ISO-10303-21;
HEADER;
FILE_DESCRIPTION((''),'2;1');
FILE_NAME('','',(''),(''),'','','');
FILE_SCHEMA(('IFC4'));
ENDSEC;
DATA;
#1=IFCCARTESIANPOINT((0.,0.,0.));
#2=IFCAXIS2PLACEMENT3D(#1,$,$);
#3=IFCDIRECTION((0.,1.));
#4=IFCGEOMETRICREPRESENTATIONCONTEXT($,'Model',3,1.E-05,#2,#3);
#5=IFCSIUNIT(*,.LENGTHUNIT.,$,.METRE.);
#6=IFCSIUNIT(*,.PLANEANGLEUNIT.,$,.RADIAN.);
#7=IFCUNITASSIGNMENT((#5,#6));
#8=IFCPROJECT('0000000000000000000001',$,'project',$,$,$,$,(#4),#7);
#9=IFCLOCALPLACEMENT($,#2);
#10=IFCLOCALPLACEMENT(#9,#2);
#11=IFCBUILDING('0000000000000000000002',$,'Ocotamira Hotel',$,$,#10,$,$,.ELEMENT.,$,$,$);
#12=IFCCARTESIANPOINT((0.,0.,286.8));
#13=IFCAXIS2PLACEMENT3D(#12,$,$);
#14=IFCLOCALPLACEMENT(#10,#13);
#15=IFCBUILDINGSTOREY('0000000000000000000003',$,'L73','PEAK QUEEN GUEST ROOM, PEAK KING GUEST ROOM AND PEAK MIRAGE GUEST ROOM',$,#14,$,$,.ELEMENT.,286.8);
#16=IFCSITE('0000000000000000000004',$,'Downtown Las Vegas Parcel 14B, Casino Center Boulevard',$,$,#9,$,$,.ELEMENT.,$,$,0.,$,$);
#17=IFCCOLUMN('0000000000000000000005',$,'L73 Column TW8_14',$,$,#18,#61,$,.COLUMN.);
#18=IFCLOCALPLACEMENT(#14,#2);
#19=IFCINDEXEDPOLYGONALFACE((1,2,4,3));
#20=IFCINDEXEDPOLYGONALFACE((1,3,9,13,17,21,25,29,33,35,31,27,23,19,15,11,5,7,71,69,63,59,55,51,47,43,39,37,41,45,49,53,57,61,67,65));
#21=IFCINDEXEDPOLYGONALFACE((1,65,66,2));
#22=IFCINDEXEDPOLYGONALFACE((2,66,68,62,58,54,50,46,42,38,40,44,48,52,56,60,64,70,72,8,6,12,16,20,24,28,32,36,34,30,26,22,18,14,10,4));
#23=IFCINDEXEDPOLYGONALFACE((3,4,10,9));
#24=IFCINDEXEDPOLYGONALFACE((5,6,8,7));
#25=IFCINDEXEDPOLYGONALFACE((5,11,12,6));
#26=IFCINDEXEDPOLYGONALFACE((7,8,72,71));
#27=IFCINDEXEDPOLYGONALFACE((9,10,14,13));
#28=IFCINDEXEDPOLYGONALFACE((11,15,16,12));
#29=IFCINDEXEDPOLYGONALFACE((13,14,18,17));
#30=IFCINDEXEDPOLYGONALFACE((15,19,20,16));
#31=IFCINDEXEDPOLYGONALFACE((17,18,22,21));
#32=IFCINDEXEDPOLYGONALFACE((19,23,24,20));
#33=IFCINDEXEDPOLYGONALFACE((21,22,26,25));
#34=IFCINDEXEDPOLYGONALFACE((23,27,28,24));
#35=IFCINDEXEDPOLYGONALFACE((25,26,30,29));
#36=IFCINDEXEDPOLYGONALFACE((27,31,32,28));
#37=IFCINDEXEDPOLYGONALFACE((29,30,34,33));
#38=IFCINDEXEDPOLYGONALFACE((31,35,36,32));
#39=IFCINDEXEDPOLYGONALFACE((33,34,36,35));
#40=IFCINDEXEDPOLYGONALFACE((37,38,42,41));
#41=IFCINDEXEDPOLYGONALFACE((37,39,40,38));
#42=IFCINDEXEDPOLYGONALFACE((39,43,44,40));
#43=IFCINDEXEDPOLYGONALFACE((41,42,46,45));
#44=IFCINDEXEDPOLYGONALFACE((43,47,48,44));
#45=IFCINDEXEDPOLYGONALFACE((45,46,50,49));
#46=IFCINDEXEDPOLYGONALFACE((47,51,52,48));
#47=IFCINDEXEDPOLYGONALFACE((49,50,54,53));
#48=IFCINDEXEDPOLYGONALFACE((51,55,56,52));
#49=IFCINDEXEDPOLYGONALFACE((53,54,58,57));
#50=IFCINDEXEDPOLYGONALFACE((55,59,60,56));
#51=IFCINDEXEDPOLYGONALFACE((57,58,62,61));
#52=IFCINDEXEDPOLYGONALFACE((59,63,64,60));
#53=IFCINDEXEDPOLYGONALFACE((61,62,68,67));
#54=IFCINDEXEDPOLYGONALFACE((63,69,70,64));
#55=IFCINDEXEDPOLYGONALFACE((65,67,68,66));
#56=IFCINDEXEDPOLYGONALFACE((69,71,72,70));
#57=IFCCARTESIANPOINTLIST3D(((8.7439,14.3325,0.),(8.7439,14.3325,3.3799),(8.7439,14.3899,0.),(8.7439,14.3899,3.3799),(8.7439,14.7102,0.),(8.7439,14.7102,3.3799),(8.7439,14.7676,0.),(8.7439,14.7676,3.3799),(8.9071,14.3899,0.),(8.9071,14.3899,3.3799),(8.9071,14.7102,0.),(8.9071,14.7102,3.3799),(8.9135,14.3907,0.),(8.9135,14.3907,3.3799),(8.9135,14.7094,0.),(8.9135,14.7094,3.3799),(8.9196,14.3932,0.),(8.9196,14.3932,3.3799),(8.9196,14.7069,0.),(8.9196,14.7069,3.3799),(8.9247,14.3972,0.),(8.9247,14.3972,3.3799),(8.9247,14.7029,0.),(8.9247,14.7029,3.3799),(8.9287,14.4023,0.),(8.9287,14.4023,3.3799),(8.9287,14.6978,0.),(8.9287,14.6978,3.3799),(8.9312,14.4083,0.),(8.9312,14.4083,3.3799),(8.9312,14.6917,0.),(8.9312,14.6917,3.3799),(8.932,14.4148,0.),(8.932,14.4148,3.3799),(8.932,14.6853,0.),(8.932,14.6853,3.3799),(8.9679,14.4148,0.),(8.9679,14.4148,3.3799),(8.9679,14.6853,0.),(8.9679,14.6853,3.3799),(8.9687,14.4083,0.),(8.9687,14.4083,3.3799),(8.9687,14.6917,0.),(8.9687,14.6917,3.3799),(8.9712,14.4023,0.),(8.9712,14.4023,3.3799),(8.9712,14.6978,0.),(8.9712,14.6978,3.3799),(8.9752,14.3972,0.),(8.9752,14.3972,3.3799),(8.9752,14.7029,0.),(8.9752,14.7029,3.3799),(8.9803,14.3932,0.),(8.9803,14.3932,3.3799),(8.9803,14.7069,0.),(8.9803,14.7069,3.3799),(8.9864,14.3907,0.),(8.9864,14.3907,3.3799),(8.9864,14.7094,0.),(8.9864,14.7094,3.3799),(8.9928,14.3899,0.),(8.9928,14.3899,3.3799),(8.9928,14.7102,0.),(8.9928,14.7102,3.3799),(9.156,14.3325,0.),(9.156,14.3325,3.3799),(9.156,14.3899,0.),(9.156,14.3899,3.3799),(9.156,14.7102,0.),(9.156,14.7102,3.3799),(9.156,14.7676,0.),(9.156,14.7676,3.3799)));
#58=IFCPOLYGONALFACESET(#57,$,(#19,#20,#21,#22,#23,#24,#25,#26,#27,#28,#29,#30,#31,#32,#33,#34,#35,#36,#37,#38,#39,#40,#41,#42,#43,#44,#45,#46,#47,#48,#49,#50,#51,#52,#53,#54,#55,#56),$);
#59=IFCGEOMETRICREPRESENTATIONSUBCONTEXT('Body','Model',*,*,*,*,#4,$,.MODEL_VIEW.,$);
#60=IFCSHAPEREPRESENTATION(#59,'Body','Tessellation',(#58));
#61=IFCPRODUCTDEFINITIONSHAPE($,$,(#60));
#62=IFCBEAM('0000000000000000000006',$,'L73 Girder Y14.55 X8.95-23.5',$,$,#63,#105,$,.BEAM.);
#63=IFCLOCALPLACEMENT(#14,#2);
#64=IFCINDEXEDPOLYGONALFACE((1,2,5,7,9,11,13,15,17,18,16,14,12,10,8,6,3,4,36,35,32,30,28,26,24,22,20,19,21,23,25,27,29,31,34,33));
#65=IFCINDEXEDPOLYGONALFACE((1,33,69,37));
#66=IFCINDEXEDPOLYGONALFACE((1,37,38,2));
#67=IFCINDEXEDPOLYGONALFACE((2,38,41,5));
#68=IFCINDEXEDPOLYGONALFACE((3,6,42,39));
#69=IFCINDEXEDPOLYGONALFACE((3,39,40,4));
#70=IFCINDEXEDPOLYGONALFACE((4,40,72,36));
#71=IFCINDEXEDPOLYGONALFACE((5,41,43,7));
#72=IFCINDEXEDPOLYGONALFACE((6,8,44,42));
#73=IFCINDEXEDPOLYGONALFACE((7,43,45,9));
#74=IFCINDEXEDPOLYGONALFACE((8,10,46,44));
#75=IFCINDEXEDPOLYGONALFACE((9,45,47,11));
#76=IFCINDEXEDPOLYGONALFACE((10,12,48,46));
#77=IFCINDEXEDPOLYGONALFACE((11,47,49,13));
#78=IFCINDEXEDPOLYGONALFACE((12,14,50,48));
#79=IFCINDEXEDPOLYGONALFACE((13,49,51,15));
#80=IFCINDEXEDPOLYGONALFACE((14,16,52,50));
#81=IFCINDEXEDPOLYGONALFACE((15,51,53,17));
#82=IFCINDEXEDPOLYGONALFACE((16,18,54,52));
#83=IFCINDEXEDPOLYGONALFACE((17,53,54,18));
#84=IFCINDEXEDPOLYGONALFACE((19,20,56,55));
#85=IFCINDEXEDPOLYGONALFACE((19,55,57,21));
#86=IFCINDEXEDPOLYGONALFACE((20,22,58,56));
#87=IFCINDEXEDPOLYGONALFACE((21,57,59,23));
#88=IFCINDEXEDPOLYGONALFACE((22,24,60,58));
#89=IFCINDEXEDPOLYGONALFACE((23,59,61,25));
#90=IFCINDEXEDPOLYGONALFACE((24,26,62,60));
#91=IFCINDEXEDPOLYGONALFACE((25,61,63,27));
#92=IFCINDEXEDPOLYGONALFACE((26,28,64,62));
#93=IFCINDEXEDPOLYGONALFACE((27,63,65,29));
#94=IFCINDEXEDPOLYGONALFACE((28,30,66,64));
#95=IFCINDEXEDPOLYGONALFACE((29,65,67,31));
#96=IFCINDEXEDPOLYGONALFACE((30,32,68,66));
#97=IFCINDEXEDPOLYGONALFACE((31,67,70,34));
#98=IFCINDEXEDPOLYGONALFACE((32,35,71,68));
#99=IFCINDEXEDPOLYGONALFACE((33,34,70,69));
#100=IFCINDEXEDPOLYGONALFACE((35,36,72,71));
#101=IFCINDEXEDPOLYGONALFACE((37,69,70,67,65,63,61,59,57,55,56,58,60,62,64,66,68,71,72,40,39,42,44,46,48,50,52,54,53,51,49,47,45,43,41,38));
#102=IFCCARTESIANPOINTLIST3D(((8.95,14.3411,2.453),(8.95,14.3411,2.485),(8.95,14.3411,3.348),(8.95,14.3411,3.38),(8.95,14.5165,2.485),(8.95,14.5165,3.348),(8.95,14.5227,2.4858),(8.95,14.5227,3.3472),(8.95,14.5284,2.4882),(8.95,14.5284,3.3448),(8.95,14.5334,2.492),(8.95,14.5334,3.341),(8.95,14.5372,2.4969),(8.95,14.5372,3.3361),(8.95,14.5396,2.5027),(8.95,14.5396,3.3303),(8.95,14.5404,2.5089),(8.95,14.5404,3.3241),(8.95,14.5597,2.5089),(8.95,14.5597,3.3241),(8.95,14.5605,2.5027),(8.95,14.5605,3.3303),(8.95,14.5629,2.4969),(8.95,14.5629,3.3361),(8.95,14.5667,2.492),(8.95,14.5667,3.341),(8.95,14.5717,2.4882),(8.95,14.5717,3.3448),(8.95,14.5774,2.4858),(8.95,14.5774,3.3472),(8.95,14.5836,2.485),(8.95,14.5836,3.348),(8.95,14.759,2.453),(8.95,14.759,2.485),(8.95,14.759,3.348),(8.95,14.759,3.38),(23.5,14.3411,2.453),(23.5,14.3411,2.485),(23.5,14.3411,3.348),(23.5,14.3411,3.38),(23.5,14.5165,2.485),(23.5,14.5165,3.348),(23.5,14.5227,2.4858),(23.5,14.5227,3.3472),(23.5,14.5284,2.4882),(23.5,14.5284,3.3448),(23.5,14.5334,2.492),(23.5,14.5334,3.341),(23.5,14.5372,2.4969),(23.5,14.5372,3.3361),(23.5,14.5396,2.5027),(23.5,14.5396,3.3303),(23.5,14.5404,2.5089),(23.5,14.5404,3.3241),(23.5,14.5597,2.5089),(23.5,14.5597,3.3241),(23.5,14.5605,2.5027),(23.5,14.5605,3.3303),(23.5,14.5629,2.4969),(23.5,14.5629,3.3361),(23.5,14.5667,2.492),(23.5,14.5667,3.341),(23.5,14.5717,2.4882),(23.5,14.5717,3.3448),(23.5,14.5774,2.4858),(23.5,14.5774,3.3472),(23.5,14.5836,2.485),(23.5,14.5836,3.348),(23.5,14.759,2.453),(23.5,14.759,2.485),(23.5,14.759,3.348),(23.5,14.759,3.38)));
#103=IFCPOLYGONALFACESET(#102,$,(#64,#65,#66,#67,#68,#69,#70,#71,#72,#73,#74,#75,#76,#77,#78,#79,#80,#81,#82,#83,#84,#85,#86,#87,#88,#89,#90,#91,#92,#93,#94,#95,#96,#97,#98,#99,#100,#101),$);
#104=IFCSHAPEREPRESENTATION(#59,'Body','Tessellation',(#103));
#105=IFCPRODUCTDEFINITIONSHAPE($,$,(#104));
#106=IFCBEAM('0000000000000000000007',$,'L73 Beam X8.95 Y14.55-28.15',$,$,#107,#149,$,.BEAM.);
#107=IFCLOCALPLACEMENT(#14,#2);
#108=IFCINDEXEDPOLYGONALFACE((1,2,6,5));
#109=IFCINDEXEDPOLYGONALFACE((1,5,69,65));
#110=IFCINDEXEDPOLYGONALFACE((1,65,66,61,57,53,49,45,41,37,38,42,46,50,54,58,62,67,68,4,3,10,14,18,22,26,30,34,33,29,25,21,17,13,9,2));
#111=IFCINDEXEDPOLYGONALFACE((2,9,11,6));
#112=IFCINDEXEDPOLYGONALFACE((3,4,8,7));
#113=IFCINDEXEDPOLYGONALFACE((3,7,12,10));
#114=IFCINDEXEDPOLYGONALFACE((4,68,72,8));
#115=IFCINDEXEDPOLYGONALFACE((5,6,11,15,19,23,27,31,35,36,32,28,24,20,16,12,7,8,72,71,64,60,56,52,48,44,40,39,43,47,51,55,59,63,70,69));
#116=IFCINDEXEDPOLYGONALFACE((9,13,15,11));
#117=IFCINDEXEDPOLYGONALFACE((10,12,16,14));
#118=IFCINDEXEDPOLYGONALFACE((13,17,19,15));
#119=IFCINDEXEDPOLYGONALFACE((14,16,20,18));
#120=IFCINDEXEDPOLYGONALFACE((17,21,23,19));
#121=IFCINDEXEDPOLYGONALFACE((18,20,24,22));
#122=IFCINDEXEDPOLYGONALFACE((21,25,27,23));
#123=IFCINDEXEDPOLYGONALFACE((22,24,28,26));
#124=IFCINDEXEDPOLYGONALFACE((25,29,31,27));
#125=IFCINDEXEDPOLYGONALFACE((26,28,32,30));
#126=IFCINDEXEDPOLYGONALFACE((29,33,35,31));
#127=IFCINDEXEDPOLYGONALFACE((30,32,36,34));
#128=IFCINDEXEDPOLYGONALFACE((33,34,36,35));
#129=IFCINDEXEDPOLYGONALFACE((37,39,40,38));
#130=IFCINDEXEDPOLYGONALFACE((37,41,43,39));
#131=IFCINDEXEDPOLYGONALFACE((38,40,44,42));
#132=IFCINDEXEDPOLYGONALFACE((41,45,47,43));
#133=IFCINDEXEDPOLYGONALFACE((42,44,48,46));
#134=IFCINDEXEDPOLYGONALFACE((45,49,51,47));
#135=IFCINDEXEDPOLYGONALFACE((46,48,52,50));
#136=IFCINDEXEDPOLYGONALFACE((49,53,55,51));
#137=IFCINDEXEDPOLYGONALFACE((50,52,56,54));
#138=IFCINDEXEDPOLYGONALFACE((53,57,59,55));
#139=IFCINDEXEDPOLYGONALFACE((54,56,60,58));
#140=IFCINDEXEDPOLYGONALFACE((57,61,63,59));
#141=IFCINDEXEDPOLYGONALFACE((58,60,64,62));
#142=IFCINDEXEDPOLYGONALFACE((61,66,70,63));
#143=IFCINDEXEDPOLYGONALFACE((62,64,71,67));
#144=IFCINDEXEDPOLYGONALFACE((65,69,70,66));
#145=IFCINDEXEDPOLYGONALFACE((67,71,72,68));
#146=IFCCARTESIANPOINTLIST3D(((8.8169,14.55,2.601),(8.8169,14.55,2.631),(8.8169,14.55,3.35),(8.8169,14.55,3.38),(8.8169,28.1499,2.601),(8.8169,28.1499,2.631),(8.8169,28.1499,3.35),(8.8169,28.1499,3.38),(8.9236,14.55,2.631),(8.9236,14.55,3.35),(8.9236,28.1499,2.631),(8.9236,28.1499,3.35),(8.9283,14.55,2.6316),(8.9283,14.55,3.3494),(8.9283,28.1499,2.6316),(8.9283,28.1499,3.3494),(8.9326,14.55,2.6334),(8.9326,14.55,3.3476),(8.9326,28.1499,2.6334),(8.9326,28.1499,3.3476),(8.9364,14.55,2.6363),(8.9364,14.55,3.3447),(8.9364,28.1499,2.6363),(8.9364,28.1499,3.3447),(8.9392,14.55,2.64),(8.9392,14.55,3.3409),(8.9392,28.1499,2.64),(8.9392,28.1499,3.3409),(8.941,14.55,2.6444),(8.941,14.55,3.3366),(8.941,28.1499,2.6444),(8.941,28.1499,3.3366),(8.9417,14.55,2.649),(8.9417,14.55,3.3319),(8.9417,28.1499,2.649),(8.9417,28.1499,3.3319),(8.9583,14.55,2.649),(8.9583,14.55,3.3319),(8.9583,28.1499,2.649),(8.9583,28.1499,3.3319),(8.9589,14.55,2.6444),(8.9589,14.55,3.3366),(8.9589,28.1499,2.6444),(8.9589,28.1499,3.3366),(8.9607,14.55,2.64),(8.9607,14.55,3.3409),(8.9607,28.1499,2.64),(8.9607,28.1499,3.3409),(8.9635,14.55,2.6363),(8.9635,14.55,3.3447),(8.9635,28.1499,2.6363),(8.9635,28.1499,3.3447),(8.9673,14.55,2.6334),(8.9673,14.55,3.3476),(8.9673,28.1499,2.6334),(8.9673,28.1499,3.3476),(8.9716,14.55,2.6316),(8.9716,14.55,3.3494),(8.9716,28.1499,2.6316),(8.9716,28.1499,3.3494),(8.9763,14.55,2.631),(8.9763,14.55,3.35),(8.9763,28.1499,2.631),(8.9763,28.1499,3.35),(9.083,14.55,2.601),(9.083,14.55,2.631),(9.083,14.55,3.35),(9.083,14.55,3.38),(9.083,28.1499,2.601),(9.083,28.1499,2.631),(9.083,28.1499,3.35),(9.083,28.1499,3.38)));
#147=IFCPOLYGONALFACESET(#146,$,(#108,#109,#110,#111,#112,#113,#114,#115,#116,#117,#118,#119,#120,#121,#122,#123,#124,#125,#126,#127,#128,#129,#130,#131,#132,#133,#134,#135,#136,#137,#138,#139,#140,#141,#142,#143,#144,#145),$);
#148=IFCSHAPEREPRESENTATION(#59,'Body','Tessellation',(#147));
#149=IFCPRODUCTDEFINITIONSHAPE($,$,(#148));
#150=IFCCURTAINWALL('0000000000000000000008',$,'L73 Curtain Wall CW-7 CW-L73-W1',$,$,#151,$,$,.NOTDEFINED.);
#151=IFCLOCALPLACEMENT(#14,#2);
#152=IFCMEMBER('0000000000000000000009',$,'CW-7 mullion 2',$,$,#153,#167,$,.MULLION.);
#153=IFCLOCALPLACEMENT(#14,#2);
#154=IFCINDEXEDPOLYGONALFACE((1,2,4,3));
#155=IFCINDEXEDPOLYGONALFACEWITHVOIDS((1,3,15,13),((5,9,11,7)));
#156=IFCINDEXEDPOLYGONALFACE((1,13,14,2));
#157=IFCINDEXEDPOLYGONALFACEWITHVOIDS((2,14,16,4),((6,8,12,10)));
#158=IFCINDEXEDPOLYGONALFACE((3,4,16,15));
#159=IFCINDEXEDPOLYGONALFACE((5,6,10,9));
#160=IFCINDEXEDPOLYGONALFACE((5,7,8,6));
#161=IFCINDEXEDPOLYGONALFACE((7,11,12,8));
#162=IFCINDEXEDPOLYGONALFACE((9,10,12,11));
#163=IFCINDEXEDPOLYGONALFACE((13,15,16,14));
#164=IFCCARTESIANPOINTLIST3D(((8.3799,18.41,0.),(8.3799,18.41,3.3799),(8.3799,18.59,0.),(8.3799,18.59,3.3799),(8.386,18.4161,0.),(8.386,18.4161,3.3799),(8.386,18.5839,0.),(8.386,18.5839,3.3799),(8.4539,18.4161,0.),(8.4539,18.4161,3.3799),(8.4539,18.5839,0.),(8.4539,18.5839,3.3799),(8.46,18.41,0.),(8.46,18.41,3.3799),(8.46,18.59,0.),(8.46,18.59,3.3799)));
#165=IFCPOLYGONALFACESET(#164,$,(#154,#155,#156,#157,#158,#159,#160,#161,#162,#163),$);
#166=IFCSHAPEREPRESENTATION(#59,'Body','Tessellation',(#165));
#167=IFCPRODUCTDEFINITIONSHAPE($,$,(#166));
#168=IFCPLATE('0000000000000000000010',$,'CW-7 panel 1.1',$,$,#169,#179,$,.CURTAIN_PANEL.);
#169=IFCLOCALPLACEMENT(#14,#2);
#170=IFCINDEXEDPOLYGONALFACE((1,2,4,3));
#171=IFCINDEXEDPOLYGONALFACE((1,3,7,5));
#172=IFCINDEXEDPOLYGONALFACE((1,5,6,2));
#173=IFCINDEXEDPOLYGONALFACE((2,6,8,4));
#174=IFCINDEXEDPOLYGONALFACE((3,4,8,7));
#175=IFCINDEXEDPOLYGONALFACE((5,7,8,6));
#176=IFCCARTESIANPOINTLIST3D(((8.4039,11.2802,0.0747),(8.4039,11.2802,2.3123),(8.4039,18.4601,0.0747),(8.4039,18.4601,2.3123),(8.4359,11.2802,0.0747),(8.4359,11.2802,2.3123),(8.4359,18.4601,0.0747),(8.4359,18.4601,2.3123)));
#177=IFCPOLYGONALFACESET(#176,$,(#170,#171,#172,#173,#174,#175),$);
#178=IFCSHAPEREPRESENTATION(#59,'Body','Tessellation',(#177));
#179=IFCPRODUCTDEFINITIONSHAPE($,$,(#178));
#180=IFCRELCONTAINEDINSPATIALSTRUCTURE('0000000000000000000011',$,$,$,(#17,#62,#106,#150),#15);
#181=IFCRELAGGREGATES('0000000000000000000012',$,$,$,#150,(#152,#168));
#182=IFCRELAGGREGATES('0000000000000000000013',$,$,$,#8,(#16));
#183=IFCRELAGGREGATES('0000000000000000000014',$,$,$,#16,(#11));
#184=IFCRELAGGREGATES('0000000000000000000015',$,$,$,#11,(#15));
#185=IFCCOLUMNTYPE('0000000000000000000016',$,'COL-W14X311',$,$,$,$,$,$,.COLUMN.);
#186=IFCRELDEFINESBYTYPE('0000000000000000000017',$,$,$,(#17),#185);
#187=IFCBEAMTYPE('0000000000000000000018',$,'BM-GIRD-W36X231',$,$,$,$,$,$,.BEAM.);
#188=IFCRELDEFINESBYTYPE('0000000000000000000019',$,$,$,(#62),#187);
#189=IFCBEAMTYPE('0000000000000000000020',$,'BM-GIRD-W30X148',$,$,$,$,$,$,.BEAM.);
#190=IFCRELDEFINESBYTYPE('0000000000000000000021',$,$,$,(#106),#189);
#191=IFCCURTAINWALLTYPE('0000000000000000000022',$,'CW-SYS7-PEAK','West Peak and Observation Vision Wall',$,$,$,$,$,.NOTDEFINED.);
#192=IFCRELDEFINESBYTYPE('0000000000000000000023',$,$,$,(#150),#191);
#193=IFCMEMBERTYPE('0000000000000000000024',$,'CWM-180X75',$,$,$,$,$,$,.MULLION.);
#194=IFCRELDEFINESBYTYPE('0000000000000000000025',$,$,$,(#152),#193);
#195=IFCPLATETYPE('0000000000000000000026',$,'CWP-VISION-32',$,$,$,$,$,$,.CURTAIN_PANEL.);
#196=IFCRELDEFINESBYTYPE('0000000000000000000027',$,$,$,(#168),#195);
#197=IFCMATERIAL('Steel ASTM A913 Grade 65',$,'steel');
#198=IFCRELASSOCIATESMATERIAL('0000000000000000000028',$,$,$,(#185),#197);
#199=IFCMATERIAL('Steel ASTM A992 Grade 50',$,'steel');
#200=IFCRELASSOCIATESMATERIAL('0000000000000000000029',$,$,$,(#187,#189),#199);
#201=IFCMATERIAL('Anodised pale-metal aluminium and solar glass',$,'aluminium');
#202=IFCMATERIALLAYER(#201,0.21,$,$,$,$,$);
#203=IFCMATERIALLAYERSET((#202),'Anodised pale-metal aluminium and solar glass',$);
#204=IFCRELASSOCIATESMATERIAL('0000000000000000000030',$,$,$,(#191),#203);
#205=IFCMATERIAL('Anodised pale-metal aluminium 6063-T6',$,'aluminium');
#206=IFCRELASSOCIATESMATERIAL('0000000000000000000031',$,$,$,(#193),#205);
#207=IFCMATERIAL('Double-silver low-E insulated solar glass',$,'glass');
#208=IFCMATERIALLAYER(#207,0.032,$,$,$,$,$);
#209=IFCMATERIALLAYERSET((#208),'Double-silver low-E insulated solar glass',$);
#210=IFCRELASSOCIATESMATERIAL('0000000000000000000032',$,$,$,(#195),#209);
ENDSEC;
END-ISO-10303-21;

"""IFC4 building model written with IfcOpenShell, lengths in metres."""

from ifc_helpers import new_model, si_unit, direction, frame, origin, origin_2d, place, context, subcontext, project, spatial, rectangle, hollow_rectangle, i_section, extrude, source, transform, mapped, material, layer, layer_set, material_profile, profile_set, type_object, element, aggregate, save


model = new_model("IFC4")

# Units and contexts
model_context = context("Model", 3, precision=1e-05, world=origin(), true_north=direction((0.0, 1.0)))
body_context = subcontext(model_context, "Body", "Model", "MODEL_VIEW")
ifc_project = project(units=[si_unit("LENGTHUNIT", "METRE"), si_unit("PLANEANGLEUNIT", "RADIAN")], contexts=[model_context])

# Site, building, storey
site_placement = place(None, origin())
site = spatial("IfcSite", under=ifc_project, at=site_placement, Name="Downtown Las Vegas Parcel 14B, Casino Center Boulevard", CompositionType="ELEMENT", RefElevation=0.0)
building_placement = place(site_placement, origin())
building = spatial("IfcBuilding", under=site, at=building_placement, Name="Ocotamira Hotel", CompositionType="ELEMENT")
storey_placement = place(building_placement, frame((0.0, 0.0, 286.8)))
storey = spatial("IfcBuildingStorey", under=building, at=storey_placement, Name="L73", Description="PEAK QUEEN GUEST ROOM, PEAK KING GUEST ROOM AND PEAK MIRAGE GUEST ROOM", CompositionType="ELEMENT", Elevation=286.8)

# Column
ifc_material_1 = material(Name="Steel ASTM A913 Grade 65", Category="steel")
ifc_material_profile_1 = material_profile(ifc_material_1, i_section(OverallWidth=0.4121, OverallDepth=0.4351, WebThickness=0.0359, FlangeThickness=0.0574, FilletRadius=0.0249, at=origin_2d()), Name="W14X311")
ifc_profile_set_1 = profile_set([ifc_material_profile_1], Name="Steel ASTM A913 Grade 65")
column_type = type_object("IfcColumnType", Name="COL-W14X311", PredefinedType="COLUMN", material=ifc_profile_set_1)
shared_shape_1 = source(origin(), body_context, "Body", "SweptSolid", [
    extrude(i_section(OverallWidth=0.4121, OverallDepth=0.4351, WebThickness=0.0359, FlangeThickness=0.0574, FilletRadius=0.0249, at=origin_2d()), origin(), (0.0, 0.0, 1.0), 3.3799),
])
column_placement = place(storey_placement, frame((8.95, 14.55, 0.0), z_axis=(0.0, 0.0, 1.0), x_axis=(1.0, 0.0, 0.0)))
element("IfcColumn", 1, at=column_placement, inside=storey, type_object=column_type, Name="L73 Column TW8_14", PredefinedType="COLUMN", context=body_context, shape_type="MappedRepresentation", body=[
    mapped(shared_shape_1, transform((0.0, 0.0, 0.0), scale=1.0)),
])

# Beams
ifc_material_2 = material(Name="Steel ASTM A992 Grade 50", Category="steel")
ifc_material_profile_2 = material_profile(ifc_material_2, i_section(OverallWidth=0.418, OverallDepth=0.927, WebThickness=0.0193, FlangeThickness=0.032, FilletRadius=0.0239, at=origin_2d()), Name="W36X231")
ifc_profile_set_2 = profile_set([ifc_material_profile_2], Name="Steel ASTM A992 Grade 50")
beam_type_1 = type_object("IfcBeamType", Name="BM-GIRD-W36X231", PredefinedType="BEAM", material=ifc_profile_set_2)
shared_shape_2 = source(origin(), body_context, "Body", "SweptSolid", [
    extrude(i_section(OverallWidth=0.418, OverallDepth=0.927, WebThickness=0.0193, FlangeThickness=0.032, FilletRadius=0.0239, at=origin_2d()), origin(), (0.0, 0.0, 1.0), 14.55),
])
beam_1_placement = place(storey_placement, frame((8.95, 14.55, 2.9165), z_axis=(1.0, 0.0, 0.0), x_axis=(0.0, 1.0, 0.0)))
element("IfcBeam", 2, at=beam_1_placement, inside=storey, type_object=beam_type_1, Name="L73 Girder Y14.55 X8.95-23.5", PredefinedType="BEAM", context=body_context, shape_type="MappedRepresentation", body=[
    mapped(shared_shape_2, transform((0.0, 0.0, 0.0), scale=1.0)),
])
ifc_material_profile_3 = material_profile(ifc_material_2, i_section(OverallWidth=0.2661, OverallDepth=0.7791, WebThickness=0.0166, FlangeThickness=0.03, FilletRadius=0.0181, at=origin_2d()), Name="W30X148")
ifc_profile_set_3 = profile_set([ifc_material_profile_3], Name="Steel ASTM A992 Grade 50")
beam_type_2 = type_object("IfcBeamType", Name="BM-GIRD-W30X148", PredefinedType="BEAM", material=ifc_profile_set_3)
shared_shape_3 = source(origin(), body_context, "Body", "SweptSolid", [
    extrude(i_section(OverallWidth=0.2661, OverallDepth=0.7791, WebThickness=0.0166, FlangeThickness=0.03, FilletRadius=0.0181, at=origin_2d()), origin(), (0.0, 0.0, 1.0), 13.5999),
])
beam_2_placement = place(storey_placement, frame((8.95, 14.55, 2.9905), z_axis=(0.0, 1.0, 0.0), x_axis=(-1.0, 0.0, 0.0)))
element("IfcBeam", 3, at=beam_2_placement, inside=storey, type_object=beam_type_2, Name="L73 Beam X8.95 Y14.55-28.15", PredefinedType="BEAM", context=body_context, shape_type="MappedRepresentation", body=[
    mapped(shared_shape_3, transform((0.0, 0.0, 0.0), scale=1.0)),
])

# Curtain wall, member, plate
ifc_material_3 = material(Name="Anodised pale-metal aluminium and solar glass", Category="aluminium")
ifc_layer_1 = layer(ifc_material_3, 0.21)
ifc_layer_set_1 = layer_set([ifc_layer_1], Name="Anodised pale-metal aluminium and solar glass")
curtain_wall_type = type_object("IfcCurtainWallType", Name="CW-SYS7-PEAK", Description="West Peak and Observation Vision Wall", PredefinedType="NOTDEFINED", material=ifc_layer_set_1)
curtain_wall_placement = place(storey_placement, origin())
curtain_wall = element("IfcCurtainWall", 4, at=curtain_wall_placement, inside=storey, type_object=curtain_wall_type, Name="L73 Curtain Wall CW-7 CW-L73-W1", PredefinedType="NOTDEFINED")
ifc_material_4 = material(Name="Anodised pale-metal aluminium 6063-T6", Category="aluminium")
ifc_material_profile_4 = material_profile(ifc_material_4, hollow_rectangle(XDim=0.0801, YDim=0.1799, WallThickness=0.0061, at=origin_2d()), Name="HSS180X80X6")
ifc_profile_set_4 = profile_set([ifc_material_profile_4], Name="Anodised pale-metal aluminium 6063-T6")
member_type = type_object("IfcMemberType", Name="CWM-180X75", PredefinedType="MULLION", material=ifc_profile_set_4)
shared_shape_4 = source(origin(), body_context, "Body", "SweptSolid", [
    extrude(hollow_rectangle(XDim=0.0801, YDim=0.1799, WallThickness=0.0061, at=origin_2d()), origin(), (0.0, 0.0, 1.0), 3.3799),
])
member_placement = place(storey_placement, frame((8.4199, 18.5, 0.0), z_axis=(0.0, 0.0, 1.0), x_axis=(-1.0, 0.0, 0.0)))
member = element("IfcMember", 5, at=member_placement, type_object=member_type, Name="CW-7 mullion 2", PredefinedType="MULLION", context=body_context, shape_type="MappedRepresentation", body=[
    mapped(shared_shape_4, transform((0.0, 0.0, 0.0), scale=1.0)),
])
ifc_material_5 = material(Name="Double-silver low-E insulated solar glass", Category="glass")
ifc_layer_2 = layer(ifc_material_5, 0.032)
ifc_layer_set_2 = layer_set([ifc_layer_2], Name="Double-silver low-E insulated solar glass")
plate_type = type_object("IfcPlateType", Name="CWP-VISION-32", PredefinedType="CURTAIN_PANEL", material=ifc_layer_set_2)
shared_shape_5 = source(origin(), body_context, "Body", "SweptSolid", [
    extrude(rectangle(XDim=7.1799, YDim=0.032, at=origin_2d()), origin(), (0.0, 0.0, 1.0), 2.2375),
])
plate_1_placement = place(storey_placement, frame((8.4199, 14.8701, 0.0747), z_axis=(0.0, 0.0, 1.0), x_axis=(0.0, 1.0, 0.0)))
plate_1 = element("IfcPlate", 6, at=plate_1_placement, type_object=plate_type, Name="CW-7 panel 1.1", PredefinedType="CURTAIN_PANEL", context=body_context, shape_type="MappedRepresentation", body=[
    mapped(shared_shape_5, transform((0.0, 0.0, 0.0), scale=1.0)),
])
aggregate(curtain_wall, [member, plate_1])

save(model, "model.ifc")
